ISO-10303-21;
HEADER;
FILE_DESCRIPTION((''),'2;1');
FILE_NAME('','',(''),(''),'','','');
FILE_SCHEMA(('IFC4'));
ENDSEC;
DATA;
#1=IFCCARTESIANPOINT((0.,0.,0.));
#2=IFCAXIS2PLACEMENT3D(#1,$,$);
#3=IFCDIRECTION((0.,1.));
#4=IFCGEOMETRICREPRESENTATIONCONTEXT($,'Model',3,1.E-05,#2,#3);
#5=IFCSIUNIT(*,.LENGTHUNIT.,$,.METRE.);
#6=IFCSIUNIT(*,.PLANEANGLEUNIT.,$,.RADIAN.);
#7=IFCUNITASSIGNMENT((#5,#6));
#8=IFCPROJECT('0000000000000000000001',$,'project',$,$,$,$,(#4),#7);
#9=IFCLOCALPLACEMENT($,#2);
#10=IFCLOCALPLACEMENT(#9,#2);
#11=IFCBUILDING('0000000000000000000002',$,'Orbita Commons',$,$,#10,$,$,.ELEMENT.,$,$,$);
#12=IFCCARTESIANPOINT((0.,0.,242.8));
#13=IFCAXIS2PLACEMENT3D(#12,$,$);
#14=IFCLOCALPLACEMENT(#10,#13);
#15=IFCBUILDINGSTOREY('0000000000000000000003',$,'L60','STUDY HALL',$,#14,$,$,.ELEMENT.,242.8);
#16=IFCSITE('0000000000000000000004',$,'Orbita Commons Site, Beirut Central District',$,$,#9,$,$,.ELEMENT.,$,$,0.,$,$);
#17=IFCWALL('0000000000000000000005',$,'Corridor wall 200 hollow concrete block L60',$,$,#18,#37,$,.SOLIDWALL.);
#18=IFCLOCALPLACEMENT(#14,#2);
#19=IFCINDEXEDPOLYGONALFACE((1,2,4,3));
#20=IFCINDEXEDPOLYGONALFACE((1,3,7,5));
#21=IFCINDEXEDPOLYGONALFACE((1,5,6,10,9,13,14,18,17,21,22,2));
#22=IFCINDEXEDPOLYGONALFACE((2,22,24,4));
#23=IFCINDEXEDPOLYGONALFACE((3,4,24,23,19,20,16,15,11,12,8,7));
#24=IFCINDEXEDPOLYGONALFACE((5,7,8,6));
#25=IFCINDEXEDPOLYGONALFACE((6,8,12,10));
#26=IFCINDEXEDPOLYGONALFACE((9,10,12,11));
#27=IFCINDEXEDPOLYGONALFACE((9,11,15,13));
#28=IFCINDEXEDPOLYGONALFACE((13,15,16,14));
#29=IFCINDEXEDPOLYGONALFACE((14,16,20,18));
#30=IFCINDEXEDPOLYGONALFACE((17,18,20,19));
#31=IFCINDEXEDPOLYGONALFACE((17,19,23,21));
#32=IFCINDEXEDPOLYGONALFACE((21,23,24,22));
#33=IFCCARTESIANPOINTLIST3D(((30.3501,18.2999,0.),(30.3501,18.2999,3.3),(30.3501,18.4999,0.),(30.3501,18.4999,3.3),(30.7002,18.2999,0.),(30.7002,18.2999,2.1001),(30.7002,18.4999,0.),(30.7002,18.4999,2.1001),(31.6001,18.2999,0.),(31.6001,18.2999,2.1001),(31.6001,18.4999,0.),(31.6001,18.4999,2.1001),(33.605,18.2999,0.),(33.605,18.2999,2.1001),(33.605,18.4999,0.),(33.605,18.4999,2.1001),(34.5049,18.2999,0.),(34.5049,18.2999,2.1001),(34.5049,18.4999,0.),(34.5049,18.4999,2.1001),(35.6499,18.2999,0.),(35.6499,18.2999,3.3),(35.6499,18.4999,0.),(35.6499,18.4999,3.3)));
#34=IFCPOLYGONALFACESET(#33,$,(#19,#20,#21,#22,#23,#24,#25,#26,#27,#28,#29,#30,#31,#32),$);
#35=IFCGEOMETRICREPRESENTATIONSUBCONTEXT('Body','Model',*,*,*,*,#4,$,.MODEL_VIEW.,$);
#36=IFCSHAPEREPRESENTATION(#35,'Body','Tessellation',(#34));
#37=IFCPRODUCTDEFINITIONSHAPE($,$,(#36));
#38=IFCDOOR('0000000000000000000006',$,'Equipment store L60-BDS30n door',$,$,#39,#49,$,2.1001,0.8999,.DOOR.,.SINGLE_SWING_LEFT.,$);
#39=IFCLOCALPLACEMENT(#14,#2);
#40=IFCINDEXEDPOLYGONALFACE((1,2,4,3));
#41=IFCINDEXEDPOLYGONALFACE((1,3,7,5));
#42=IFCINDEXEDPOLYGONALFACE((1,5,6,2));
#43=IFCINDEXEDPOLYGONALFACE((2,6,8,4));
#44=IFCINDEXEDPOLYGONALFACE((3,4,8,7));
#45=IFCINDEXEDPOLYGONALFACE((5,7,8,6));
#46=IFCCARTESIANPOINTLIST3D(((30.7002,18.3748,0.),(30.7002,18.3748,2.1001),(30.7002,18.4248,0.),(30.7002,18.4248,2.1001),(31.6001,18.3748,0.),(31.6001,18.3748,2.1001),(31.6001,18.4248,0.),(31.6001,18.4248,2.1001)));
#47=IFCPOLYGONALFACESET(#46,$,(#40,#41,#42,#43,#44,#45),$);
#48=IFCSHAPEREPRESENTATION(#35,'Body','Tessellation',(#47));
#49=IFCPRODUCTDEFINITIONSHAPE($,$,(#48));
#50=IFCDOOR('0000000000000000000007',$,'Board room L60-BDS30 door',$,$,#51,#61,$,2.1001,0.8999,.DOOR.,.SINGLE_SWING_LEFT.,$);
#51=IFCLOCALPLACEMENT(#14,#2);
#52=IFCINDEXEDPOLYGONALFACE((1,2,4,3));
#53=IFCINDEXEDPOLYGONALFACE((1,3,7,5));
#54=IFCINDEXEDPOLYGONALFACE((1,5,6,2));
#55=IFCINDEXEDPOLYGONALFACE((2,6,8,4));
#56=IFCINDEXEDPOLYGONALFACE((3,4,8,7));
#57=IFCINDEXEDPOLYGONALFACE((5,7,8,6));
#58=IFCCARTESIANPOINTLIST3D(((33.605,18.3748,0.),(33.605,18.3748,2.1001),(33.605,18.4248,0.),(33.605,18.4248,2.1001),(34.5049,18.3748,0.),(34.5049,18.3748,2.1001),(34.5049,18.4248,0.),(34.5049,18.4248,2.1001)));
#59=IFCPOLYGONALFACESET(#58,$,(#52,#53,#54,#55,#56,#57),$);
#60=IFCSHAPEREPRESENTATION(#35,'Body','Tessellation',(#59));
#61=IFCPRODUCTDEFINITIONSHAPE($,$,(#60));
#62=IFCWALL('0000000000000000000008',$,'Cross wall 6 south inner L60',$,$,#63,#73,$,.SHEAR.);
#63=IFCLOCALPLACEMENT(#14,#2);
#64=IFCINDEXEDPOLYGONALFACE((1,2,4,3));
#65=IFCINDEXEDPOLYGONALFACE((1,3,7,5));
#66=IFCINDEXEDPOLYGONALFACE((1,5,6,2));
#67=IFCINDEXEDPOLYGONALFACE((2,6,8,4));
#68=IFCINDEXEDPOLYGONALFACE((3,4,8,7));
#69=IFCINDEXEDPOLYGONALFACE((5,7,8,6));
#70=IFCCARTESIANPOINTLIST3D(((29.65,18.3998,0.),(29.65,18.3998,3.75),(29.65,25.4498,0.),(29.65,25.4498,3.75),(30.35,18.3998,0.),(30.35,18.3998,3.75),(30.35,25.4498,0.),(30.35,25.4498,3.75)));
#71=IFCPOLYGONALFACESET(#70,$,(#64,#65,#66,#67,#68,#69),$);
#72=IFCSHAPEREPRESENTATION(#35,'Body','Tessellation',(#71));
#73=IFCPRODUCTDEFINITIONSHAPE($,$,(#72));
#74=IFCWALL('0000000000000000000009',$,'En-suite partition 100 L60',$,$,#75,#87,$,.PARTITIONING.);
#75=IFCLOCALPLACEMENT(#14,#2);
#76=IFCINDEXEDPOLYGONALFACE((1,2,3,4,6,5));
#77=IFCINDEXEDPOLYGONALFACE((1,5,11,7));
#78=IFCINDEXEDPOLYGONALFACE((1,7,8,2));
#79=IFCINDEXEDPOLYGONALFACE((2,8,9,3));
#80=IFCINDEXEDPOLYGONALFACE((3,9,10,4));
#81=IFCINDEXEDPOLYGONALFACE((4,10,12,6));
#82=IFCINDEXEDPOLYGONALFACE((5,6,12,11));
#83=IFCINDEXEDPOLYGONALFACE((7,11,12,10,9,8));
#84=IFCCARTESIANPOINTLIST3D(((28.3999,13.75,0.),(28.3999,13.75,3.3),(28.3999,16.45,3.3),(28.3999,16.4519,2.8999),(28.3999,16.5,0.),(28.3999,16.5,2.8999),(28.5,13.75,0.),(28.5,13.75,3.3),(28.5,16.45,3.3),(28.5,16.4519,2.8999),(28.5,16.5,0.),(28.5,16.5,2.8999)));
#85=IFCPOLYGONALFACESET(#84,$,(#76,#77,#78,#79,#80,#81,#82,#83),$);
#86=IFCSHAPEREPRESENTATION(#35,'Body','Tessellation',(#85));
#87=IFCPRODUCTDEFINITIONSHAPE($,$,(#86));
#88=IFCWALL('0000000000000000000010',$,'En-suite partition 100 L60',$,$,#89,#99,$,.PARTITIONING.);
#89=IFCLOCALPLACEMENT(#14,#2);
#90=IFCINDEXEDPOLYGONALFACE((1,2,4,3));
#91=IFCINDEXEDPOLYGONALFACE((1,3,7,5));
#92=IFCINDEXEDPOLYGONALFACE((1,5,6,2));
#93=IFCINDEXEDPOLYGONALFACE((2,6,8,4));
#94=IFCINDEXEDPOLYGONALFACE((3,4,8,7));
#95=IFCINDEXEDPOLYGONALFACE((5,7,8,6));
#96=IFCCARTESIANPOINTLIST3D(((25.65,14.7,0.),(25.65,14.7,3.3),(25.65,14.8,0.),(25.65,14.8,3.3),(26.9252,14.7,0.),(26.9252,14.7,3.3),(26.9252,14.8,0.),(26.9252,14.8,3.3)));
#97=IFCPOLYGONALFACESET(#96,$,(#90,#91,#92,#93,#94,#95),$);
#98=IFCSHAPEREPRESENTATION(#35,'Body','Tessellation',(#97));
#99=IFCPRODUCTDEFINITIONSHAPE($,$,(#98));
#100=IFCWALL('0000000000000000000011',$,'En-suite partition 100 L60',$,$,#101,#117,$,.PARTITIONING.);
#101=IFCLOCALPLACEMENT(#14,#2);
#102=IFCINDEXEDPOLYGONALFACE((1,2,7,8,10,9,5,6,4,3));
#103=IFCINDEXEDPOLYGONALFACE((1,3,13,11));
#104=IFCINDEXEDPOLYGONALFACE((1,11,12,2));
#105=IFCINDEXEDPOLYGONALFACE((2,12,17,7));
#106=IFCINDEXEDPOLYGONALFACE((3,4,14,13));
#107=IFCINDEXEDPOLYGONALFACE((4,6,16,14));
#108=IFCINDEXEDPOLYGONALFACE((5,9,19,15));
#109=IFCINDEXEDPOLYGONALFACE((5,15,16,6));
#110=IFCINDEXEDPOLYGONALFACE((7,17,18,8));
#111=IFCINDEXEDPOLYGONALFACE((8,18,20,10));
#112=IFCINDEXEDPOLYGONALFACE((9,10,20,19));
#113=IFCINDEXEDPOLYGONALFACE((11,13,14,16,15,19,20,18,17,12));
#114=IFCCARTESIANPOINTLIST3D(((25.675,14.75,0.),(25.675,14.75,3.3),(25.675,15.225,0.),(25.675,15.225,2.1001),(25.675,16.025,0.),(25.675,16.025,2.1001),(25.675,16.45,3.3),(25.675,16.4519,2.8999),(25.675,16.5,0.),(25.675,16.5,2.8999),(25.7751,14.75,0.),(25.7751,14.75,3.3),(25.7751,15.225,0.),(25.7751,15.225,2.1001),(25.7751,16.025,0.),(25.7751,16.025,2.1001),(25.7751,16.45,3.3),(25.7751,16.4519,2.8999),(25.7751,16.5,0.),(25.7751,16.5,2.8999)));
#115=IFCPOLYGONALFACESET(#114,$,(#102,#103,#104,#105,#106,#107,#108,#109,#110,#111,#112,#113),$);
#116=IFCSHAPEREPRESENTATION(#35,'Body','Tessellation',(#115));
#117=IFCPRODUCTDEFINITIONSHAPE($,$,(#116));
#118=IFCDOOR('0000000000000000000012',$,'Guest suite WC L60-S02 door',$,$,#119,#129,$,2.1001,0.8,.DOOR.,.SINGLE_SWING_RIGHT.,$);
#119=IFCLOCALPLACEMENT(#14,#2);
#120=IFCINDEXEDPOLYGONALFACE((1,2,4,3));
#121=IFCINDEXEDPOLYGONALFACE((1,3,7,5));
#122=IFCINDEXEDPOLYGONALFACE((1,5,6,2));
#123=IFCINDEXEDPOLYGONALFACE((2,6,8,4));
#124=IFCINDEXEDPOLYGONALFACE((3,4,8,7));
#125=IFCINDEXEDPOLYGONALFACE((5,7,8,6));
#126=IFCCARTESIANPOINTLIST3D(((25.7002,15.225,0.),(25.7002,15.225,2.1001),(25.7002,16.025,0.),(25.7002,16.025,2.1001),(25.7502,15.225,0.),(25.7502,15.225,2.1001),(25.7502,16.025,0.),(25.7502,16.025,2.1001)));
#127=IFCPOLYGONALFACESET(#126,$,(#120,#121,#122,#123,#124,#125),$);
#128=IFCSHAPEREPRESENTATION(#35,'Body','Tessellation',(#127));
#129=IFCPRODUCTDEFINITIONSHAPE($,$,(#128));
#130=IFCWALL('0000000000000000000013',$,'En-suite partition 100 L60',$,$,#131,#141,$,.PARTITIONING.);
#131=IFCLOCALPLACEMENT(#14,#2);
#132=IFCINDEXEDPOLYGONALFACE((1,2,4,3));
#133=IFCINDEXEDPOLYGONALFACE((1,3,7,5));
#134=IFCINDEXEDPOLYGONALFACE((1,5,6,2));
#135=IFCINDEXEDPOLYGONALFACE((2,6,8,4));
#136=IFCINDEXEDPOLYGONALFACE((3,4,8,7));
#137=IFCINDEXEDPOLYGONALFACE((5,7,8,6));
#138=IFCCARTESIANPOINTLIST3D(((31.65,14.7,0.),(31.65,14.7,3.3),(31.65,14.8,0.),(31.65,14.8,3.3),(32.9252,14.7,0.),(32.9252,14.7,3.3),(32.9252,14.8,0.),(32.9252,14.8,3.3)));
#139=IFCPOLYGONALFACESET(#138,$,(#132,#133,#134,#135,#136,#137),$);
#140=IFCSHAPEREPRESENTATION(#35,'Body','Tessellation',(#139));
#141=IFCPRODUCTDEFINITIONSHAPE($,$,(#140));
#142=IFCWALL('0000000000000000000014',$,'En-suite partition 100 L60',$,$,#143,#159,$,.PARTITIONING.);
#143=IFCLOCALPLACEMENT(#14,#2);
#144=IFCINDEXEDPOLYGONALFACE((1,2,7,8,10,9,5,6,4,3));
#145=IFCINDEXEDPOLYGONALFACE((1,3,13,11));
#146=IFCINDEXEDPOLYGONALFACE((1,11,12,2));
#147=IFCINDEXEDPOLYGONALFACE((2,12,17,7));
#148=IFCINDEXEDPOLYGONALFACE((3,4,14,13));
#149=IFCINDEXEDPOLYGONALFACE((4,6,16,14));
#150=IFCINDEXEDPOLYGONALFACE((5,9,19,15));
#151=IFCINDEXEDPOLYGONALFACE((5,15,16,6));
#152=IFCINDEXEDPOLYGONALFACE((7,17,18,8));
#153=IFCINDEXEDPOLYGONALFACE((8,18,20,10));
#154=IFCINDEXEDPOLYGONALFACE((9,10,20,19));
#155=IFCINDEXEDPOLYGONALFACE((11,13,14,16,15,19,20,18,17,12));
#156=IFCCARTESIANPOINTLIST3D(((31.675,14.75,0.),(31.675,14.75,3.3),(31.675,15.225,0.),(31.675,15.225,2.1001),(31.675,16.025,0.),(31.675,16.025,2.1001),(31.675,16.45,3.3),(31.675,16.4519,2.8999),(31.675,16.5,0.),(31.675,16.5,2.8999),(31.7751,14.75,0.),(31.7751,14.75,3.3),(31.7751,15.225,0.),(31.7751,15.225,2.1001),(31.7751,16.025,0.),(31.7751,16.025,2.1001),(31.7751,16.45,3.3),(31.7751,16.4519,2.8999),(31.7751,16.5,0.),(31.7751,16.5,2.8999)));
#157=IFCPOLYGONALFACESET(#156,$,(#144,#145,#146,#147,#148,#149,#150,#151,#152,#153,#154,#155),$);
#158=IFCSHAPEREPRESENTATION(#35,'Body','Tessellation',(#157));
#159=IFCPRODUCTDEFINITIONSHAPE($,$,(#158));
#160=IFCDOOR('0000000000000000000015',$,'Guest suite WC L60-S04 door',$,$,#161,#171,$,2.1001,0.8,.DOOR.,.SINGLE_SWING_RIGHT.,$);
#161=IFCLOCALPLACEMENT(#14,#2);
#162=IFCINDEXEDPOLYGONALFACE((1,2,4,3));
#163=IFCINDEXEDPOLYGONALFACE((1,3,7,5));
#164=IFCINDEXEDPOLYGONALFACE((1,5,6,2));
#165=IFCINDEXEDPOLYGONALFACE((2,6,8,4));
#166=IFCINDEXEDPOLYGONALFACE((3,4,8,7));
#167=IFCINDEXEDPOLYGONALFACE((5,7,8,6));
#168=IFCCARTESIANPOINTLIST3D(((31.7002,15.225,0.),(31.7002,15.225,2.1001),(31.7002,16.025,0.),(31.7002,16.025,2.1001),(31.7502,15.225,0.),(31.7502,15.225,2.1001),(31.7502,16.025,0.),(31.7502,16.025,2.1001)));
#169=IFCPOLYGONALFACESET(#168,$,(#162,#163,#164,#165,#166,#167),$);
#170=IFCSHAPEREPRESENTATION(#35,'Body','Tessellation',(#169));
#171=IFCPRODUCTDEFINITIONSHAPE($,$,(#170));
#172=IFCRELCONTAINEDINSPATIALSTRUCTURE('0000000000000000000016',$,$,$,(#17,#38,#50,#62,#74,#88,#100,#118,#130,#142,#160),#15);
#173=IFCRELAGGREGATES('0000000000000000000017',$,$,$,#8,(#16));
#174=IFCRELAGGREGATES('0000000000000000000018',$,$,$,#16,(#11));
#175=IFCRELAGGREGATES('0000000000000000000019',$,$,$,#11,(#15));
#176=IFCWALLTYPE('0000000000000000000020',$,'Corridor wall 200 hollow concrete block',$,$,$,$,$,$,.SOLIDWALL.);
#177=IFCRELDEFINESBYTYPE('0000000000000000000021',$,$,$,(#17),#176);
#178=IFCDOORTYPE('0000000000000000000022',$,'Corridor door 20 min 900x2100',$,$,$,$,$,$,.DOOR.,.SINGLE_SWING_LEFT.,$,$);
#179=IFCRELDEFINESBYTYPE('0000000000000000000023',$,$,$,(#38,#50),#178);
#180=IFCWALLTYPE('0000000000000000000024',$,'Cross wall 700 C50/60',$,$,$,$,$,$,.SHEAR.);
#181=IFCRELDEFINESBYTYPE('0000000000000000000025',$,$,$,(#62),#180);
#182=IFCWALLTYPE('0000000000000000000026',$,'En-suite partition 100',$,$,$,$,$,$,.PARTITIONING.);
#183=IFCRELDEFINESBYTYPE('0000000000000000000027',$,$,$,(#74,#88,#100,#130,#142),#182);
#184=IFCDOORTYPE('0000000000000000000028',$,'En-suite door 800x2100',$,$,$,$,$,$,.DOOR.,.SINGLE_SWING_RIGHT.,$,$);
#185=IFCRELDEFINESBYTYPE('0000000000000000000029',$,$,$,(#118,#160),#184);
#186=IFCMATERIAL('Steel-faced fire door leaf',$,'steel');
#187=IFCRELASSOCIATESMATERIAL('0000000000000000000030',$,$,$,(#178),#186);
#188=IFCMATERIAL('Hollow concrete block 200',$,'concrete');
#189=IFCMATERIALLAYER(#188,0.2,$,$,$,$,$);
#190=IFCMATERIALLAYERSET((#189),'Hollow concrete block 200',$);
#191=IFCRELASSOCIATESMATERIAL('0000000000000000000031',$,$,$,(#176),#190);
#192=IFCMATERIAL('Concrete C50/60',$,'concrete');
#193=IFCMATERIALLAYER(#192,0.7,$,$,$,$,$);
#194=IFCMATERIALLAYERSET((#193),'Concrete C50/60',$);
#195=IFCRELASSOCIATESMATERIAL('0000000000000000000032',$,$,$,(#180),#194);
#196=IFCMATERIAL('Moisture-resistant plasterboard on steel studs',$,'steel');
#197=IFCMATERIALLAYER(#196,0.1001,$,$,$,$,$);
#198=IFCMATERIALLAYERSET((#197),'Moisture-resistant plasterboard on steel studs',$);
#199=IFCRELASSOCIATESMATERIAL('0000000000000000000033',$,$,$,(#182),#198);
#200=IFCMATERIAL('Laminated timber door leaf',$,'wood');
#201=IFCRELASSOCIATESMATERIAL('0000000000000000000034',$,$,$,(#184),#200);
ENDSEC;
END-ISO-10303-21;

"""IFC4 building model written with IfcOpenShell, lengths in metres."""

from ifc_helpers import new_model, si_unit, direction, frame, frame_2d, origin, place, context, subcontext, project, spatial, polyline, rectangle, outline, extrude, material, layer, layer_set, type_object, element, fill, save


model = new_model("IFC4")

# Units and contexts
model_context = context("Model", 3, precision=1e-05, world=origin(), true_north=direction((0.0, 1.0)))
body_context = subcontext(model_context, "Body", "Model", "MODEL_VIEW")
ifc_project = project(units=[si_unit("LENGTHUNIT", "METRE"), si_unit("PLANEANGLEUNIT", "RADIAN")], contexts=[model_context])

# Site, building, storey
site_placement = place(None, origin())
site = spatial("IfcSite", under=ifc_project, at=site_placement, Name="Orbita Commons Site, Beirut Central District", CompositionType="ELEMENT", RefElevation=0.0)
building_placement = place(site_placement, origin())
building = spatial("IfcBuilding", under=site, at=building_placement, Name="Orbita Commons", CompositionType="ELEMENT")
storey_placement = place(building_placement, frame((0.0, 0.0, 242.8)))
storey = spatial("IfcBuildingStorey", under=building, at=storey_placement, Name="L60", Description="STUDY HALL", CompositionType="ELEMENT", Elevation=242.8)

# Shared definitions
ifc_material_1 = material(Name="Steel-faced fire door leaf", Category="steel")
door_type_1 = type_object("IfcDoorType", Name="Corridor door 20 min 900x2100", OperationType="SINGLE_SWING_LEFT", PredefinedType="DOOR", material=ifc_material_1)

# Wall, openings, doors
ifc_material_2 = material(Name="Hollow concrete block 200", Category="concrete")
ifc_layer_1 = layer(ifc_material_2, 0.2)
ifc_layer_set_1 = layer_set([ifc_layer_1], Name="Hollow concrete block 200")
wall_type_1 = type_object("IfcWallType", Name="Corridor wall 200 hollow concrete block", PredefinedType="SOLIDWALL", material=ifc_layer_set_1)
wall_1_placement = place(storey_placement, frame((30.3501, 18.3999, 0.0), z_axis=(0.0, 0.0, 1.0), x_axis=(1.0, 0.0, 0.0)))
wall_1 = element("IfcWall", 1, at=wall_1_placement, inside=storey, type_object=wall_type_1, Name="Corridor wall 200 hollow concrete block L60", PredefinedType="SOLIDWALL", context=body_context, shape_type="SweptSolid", body=[
    extrude(rectangle(XDim=5.2998, YDim=0.2, at=frame_2d((2.6499, 0.0))), origin(), (0.0, 0.0, 1.0), 3.3),
])
opening_1_placement = place(wall_1_placement, frame((0.3501, 0.0, 0.0)))
opening_1 = element("IfcOpeningElement", 2, at=opening_1_placement, cuts=wall_1, PredefinedType="OPENING", context=body_context, shape_type="SweptSolid", body=[
    extrude(rectangle(XDim=0.8999, YDim=2.1001, at=frame_2d((0.45, 1.05))), frame((0.0, 0.1099, 0.0), z_axis=(0.0, -1.0, 0.0), x_axis=(1.0, 0.0, 0.0)), (0.0, 0.0, 1.0), 0.22),
])
opening_2_placement = place(wall_1_placement, frame((3.2549, 0.0, 0.0)))
opening_2 = element("IfcOpeningElement", 3, at=opening_2_placement, cuts=wall_1, PredefinedType="OPENING", context=body_context, shape_type="SweptSolid", body=[
    extrude(rectangle(XDim=0.8999, YDim=2.1001, at=frame_2d((0.45, 1.05))), frame((0.0, 0.1099, 0.0), z_axis=(0.0, -1.0, 0.0), x_axis=(1.0, 0.0, 0.0)), (0.0, 0.0, 1.0), 0.22),
])
door_1_placement = place(opening_1_placement, origin())
door_1 = element("IfcDoor", 4, at=door_1_placement, inside=storey, type_object=door_type_1, Name="Equipment store L60-BDS30n door", OperationType="SINGLE_SWING_LEFT", OverallHeight=2.1001, OverallWidth=0.8999, PredefinedType="DOOR", context=body_context, shape_type="SweptSolid", body=[
    extrude(rectangle(XDim=0.8999, YDim=2.1001, at=frame_2d((0.45, 1.05))), frame((0.0, 0.0249, 0.0), z_axis=(0.0, -1.0, 0.0), x_axis=(1.0, 0.0, 0.0)), (0.0, 0.0, 1.0), 0.05),
])
fill(opening_1, door_1)
door_2_placement = place(opening_2_placement, origin())
door_2 = element("IfcDoor", 5, at=door_2_placement, inside=storey, type_object=door_type_1, Name="Board room L60-BDS30 door", OperationType="SINGLE_SWING_LEFT", OverallHeight=2.1001, OverallWidth=0.8999, PredefinedType="DOOR", context=body_context, shape_type="SweptSolid", body=[
    extrude(rectangle(XDim=0.8999, YDim=2.1001, at=frame_2d((0.45, 1.05))), frame((0.0, 0.0249, 0.0), z_axis=(0.0, -1.0, 0.0), x_axis=(1.0, 0.0, 0.0)), (0.0, 0.0, 1.0), 0.05),
])
fill(opening_2, door_2)

# Walls
ifc_material_3 = material(Name="Concrete C50/60", Category="concrete")
ifc_layer_2 = layer(ifc_material_3, 0.7)
ifc_layer_set_2 = layer_set([ifc_layer_2], Name="Concrete C50/60")
wall_type_2 = type_object("IfcWallType", Name="Cross wall 700 C50/60", PredefinedType="SHEAR", material=ifc_layer_set_2)
wall_2_placement = place(storey_placement, frame((30.0, 18.3999, 0.0), z_axis=(0.0, 0.0, 1.0), x_axis=(0.0, 1.0, 0.0)))
element("IfcWall", 6, at=wall_2_placement, inside=storey, type_object=wall_type_2, Name="Cross wall 6 south inner L60", PredefinedType="SHEAR", context=body_context, shape_type="SweptSolid", body=[
    extrude(rectangle(XDim=7.05, YDim=0.7, at=frame_2d((3.5249, 0.0))), origin(), (0.0, 0.0, 1.0), 3.75),
])
ifc_material_4 = material(Name="Moisture-resistant plasterboard on steel studs", Category="steel")
ifc_layer_3 = layer(ifc_material_4, 0.1001)
ifc_layer_set_3 = layer_set([ifc_layer_3], Name="Moisture-resistant plasterboard on steel studs")
wall_type_3 = type_object("IfcWallType", Name="En-suite partition 100", PredefinedType="PARTITIONING", material=ifc_layer_set_3)
wall_3_placement = place(storey_placement, frame((28.45, 13.75, 0.0), z_axis=(0.0, 0.0, 1.0), x_axis=(0.0, 1.0, 0.0)))
element("IfcWall", 7, at=wall_3_placement, inside=storey, type_object=wall_type_3, Name="En-suite partition 100 L60", PredefinedType="PARTITIONING", context=body_context, shape_type="SweptSolid", body=[
    extrude(outline(polyline([(0.0, 0.0), (2.75, 0.0), (2.75, 2.8999), (2.7019, 2.8999), (2.7, 3.3), (0.0, 3.3), (0.0, 0.0)])), frame((0.0, 0.05, 0.0), z_axis=(0.0, -1.0, 0.0), x_axis=(1.0, 0.0, 0.0)), (0.0, 0.0, 1.0), 0.1001),
])
wall_4_placement = place(storey_placement, frame((25.6499, 14.75, 0.0), z_axis=(0.0, 0.0, 1.0), x_axis=(1.0, 0.0, 0.0)))
element("IfcWall", 8, at=wall_4_placement, inside=storey, type_object=wall_type_3, Name="En-suite partition 100 L60", PredefinedType="PARTITIONING", context=body_context, shape_type="SweptSolid", body=[
    extrude(rectangle(XDim=1.2751, YDim=0.1001, at=frame_2d((0.6377, 0.0))), origin(), (0.0, 0.0, 1.0), 3.3),
])

# Wall, opening, door
wall_5_placement = place(storey_placement, frame((25.7251, 14.75, 0.0), z_axis=(0.0, 0.0, 1.0), x_axis=(0.0, 1.0, 0.0)))
wall_5 = element("IfcWall", 9, at=wall_5_placement, inside=storey, type_object=wall_type_3, Name="En-suite partition 100 L60", PredefinedType="PARTITIONING", context=body_context, shape_type="SweptSolid", body=[
    extrude(outline(polyline([(0.0, 0.0), (1.75, 0.0), (1.75, 2.8999), (1.7019, 2.8999), (1.7, 3.3), (0.0, 3.3), (0.0, 0.0)])), frame((0.0, 0.05, 0.0), z_axis=(0.0, -1.0, 0.0), x_axis=(1.0, 0.0, 0.0)), (0.0, 0.0, 1.0), 0.1001),
])
opening_3_placement = place(wall_5_placement, frame((0.4751, 0.0, 0.0)))
opening_3 = element("IfcOpeningElement", 10, at=opening_3_placement, cuts=wall_5, PredefinedType="OPENING", context=body_context, shape_type="SweptSolid", body=[
    extrude(rectangle(XDim=0.8, YDim=2.1001, at=frame_2d((0.3999, 1.05))), frame((0.0, 0.0601, 0.0), z_axis=(0.0, -1.0, 0.0), x_axis=(1.0, 0.0, 0.0)), (0.0, 0.0, 1.0), 0.1201),
])
ifc_material_5 = material(Name="Laminated timber door leaf", Category="wood")
door_type_2 = type_object("IfcDoorType", Name="En-suite door 800x2100", OperationType="SINGLE_SWING_RIGHT", PredefinedType="DOOR", material=ifc_material_5)
door_3_placement = place(opening_3_placement, origin())
door_3 = element("IfcDoor", 11, at=door_3_placement, inside=storey, type_object=door_type_2, Name="Guest suite WC L60-S02 door", OperationType="SINGLE_SWING_RIGHT", OverallHeight=2.1001, OverallWidth=0.8, PredefinedType="DOOR", context=body_context, shape_type="SweptSolid", body=[
    extrude(rectangle(XDim=0.8, YDim=2.1001, at=frame_2d((0.3999, 1.05))), frame((0.0, 0.0249, 0.0), z_axis=(0.0, -1.0, 0.0), x_axis=(1.0, 0.0, 0.0)), (0.0, 0.0, 1.0), 0.05),
])
fill(opening_3, door_3)

# Wall
wall_6_placement = place(storey_placement, frame((31.6499, 14.75, 0.0), z_axis=(0.0, 0.0, 1.0), x_axis=(1.0, 0.0, 0.0)))
element("IfcWall", 12, at=wall_6_placement, inside=storey, type_object=wall_type_3, Name="En-suite partition 100 L60", PredefinedType="PARTITIONING", context=body_context, shape_type="SweptSolid", body=[
    extrude(rectangle(XDim=1.2751, YDim=0.1001, at=frame_2d((0.6377, 0.0))), origin(), (0.0, 0.0, 1.0), 3.3),
])

# Wall, opening, door
wall_7_placement = place(storey_placement, frame((31.7251, 14.75, 0.0), z_axis=(0.0, 0.0, 1.0), x_axis=(0.0, 1.0, 0.0)))
wall_7 = element("IfcWall", 13, at=wall_7_placement, inside=storey, type_object=wall_type_3, Name="En-suite partition 100 L60", PredefinedType="PARTITIONING", context=body_context, shape_type="SweptSolid", body=[
    extrude(outline(polyline([(0.0, 0.0), (1.75, 0.0), (1.75, 2.8999), (1.7019, 2.8999), (1.7, 3.3), (0.0, 3.3), (0.0, 0.0)])), frame((0.0, 0.05, 0.0), z_axis=(0.0, -1.0, 0.0), x_axis=(1.0, 0.0, 0.0)), (0.0, 0.0, 1.0), 0.1001),
])
opening_4_placement = place(wall_7_placement, frame((0.4751, 0.0, 0.0)))
opening_4 = element("IfcOpeningElement", 14, at=opening_4_placement, cuts=wall_7, PredefinedType="OPENING", context=body_context, shape_type="SweptSolid", body=[
    extrude(rectangle(XDim=0.8, YDim=2.1001, at=frame_2d((0.3999, 1.05))), frame((0.0, 0.0601, 0.0), z_axis=(0.0, -1.0, 0.0), x_axis=(1.0, 0.0, 0.0)), (0.0, 0.0, 1.0), 0.1201),
])
door_4_placement = place(opening_4_placement, origin())
door_4 = element("IfcDoor", 15, at=door_4_placement, inside=storey, type_object=door_type_2, Name="Guest suite WC L60-S04 door", OperationType="SINGLE_SWING_RIGHT", OverallHeight=2.1001, OverallWidth=0.8, PredefinedType="DOOR", context=body_context, shape_type="SweptSolid", body=[
    extrude(rectangle(XDim=0.8, YDim=2.1001, at=frame_2d((0.3999, 1.05))), frame((0.0, 0.0249, 0.0), z_axis=(0.0, -1.0, 0.0), x_axis=(1.0, 0.0, 0.0)), (0.0, 0.0, 1.0), 0.05),
])
fill(opening_4, door_4)

save(model, "model.ifc")
